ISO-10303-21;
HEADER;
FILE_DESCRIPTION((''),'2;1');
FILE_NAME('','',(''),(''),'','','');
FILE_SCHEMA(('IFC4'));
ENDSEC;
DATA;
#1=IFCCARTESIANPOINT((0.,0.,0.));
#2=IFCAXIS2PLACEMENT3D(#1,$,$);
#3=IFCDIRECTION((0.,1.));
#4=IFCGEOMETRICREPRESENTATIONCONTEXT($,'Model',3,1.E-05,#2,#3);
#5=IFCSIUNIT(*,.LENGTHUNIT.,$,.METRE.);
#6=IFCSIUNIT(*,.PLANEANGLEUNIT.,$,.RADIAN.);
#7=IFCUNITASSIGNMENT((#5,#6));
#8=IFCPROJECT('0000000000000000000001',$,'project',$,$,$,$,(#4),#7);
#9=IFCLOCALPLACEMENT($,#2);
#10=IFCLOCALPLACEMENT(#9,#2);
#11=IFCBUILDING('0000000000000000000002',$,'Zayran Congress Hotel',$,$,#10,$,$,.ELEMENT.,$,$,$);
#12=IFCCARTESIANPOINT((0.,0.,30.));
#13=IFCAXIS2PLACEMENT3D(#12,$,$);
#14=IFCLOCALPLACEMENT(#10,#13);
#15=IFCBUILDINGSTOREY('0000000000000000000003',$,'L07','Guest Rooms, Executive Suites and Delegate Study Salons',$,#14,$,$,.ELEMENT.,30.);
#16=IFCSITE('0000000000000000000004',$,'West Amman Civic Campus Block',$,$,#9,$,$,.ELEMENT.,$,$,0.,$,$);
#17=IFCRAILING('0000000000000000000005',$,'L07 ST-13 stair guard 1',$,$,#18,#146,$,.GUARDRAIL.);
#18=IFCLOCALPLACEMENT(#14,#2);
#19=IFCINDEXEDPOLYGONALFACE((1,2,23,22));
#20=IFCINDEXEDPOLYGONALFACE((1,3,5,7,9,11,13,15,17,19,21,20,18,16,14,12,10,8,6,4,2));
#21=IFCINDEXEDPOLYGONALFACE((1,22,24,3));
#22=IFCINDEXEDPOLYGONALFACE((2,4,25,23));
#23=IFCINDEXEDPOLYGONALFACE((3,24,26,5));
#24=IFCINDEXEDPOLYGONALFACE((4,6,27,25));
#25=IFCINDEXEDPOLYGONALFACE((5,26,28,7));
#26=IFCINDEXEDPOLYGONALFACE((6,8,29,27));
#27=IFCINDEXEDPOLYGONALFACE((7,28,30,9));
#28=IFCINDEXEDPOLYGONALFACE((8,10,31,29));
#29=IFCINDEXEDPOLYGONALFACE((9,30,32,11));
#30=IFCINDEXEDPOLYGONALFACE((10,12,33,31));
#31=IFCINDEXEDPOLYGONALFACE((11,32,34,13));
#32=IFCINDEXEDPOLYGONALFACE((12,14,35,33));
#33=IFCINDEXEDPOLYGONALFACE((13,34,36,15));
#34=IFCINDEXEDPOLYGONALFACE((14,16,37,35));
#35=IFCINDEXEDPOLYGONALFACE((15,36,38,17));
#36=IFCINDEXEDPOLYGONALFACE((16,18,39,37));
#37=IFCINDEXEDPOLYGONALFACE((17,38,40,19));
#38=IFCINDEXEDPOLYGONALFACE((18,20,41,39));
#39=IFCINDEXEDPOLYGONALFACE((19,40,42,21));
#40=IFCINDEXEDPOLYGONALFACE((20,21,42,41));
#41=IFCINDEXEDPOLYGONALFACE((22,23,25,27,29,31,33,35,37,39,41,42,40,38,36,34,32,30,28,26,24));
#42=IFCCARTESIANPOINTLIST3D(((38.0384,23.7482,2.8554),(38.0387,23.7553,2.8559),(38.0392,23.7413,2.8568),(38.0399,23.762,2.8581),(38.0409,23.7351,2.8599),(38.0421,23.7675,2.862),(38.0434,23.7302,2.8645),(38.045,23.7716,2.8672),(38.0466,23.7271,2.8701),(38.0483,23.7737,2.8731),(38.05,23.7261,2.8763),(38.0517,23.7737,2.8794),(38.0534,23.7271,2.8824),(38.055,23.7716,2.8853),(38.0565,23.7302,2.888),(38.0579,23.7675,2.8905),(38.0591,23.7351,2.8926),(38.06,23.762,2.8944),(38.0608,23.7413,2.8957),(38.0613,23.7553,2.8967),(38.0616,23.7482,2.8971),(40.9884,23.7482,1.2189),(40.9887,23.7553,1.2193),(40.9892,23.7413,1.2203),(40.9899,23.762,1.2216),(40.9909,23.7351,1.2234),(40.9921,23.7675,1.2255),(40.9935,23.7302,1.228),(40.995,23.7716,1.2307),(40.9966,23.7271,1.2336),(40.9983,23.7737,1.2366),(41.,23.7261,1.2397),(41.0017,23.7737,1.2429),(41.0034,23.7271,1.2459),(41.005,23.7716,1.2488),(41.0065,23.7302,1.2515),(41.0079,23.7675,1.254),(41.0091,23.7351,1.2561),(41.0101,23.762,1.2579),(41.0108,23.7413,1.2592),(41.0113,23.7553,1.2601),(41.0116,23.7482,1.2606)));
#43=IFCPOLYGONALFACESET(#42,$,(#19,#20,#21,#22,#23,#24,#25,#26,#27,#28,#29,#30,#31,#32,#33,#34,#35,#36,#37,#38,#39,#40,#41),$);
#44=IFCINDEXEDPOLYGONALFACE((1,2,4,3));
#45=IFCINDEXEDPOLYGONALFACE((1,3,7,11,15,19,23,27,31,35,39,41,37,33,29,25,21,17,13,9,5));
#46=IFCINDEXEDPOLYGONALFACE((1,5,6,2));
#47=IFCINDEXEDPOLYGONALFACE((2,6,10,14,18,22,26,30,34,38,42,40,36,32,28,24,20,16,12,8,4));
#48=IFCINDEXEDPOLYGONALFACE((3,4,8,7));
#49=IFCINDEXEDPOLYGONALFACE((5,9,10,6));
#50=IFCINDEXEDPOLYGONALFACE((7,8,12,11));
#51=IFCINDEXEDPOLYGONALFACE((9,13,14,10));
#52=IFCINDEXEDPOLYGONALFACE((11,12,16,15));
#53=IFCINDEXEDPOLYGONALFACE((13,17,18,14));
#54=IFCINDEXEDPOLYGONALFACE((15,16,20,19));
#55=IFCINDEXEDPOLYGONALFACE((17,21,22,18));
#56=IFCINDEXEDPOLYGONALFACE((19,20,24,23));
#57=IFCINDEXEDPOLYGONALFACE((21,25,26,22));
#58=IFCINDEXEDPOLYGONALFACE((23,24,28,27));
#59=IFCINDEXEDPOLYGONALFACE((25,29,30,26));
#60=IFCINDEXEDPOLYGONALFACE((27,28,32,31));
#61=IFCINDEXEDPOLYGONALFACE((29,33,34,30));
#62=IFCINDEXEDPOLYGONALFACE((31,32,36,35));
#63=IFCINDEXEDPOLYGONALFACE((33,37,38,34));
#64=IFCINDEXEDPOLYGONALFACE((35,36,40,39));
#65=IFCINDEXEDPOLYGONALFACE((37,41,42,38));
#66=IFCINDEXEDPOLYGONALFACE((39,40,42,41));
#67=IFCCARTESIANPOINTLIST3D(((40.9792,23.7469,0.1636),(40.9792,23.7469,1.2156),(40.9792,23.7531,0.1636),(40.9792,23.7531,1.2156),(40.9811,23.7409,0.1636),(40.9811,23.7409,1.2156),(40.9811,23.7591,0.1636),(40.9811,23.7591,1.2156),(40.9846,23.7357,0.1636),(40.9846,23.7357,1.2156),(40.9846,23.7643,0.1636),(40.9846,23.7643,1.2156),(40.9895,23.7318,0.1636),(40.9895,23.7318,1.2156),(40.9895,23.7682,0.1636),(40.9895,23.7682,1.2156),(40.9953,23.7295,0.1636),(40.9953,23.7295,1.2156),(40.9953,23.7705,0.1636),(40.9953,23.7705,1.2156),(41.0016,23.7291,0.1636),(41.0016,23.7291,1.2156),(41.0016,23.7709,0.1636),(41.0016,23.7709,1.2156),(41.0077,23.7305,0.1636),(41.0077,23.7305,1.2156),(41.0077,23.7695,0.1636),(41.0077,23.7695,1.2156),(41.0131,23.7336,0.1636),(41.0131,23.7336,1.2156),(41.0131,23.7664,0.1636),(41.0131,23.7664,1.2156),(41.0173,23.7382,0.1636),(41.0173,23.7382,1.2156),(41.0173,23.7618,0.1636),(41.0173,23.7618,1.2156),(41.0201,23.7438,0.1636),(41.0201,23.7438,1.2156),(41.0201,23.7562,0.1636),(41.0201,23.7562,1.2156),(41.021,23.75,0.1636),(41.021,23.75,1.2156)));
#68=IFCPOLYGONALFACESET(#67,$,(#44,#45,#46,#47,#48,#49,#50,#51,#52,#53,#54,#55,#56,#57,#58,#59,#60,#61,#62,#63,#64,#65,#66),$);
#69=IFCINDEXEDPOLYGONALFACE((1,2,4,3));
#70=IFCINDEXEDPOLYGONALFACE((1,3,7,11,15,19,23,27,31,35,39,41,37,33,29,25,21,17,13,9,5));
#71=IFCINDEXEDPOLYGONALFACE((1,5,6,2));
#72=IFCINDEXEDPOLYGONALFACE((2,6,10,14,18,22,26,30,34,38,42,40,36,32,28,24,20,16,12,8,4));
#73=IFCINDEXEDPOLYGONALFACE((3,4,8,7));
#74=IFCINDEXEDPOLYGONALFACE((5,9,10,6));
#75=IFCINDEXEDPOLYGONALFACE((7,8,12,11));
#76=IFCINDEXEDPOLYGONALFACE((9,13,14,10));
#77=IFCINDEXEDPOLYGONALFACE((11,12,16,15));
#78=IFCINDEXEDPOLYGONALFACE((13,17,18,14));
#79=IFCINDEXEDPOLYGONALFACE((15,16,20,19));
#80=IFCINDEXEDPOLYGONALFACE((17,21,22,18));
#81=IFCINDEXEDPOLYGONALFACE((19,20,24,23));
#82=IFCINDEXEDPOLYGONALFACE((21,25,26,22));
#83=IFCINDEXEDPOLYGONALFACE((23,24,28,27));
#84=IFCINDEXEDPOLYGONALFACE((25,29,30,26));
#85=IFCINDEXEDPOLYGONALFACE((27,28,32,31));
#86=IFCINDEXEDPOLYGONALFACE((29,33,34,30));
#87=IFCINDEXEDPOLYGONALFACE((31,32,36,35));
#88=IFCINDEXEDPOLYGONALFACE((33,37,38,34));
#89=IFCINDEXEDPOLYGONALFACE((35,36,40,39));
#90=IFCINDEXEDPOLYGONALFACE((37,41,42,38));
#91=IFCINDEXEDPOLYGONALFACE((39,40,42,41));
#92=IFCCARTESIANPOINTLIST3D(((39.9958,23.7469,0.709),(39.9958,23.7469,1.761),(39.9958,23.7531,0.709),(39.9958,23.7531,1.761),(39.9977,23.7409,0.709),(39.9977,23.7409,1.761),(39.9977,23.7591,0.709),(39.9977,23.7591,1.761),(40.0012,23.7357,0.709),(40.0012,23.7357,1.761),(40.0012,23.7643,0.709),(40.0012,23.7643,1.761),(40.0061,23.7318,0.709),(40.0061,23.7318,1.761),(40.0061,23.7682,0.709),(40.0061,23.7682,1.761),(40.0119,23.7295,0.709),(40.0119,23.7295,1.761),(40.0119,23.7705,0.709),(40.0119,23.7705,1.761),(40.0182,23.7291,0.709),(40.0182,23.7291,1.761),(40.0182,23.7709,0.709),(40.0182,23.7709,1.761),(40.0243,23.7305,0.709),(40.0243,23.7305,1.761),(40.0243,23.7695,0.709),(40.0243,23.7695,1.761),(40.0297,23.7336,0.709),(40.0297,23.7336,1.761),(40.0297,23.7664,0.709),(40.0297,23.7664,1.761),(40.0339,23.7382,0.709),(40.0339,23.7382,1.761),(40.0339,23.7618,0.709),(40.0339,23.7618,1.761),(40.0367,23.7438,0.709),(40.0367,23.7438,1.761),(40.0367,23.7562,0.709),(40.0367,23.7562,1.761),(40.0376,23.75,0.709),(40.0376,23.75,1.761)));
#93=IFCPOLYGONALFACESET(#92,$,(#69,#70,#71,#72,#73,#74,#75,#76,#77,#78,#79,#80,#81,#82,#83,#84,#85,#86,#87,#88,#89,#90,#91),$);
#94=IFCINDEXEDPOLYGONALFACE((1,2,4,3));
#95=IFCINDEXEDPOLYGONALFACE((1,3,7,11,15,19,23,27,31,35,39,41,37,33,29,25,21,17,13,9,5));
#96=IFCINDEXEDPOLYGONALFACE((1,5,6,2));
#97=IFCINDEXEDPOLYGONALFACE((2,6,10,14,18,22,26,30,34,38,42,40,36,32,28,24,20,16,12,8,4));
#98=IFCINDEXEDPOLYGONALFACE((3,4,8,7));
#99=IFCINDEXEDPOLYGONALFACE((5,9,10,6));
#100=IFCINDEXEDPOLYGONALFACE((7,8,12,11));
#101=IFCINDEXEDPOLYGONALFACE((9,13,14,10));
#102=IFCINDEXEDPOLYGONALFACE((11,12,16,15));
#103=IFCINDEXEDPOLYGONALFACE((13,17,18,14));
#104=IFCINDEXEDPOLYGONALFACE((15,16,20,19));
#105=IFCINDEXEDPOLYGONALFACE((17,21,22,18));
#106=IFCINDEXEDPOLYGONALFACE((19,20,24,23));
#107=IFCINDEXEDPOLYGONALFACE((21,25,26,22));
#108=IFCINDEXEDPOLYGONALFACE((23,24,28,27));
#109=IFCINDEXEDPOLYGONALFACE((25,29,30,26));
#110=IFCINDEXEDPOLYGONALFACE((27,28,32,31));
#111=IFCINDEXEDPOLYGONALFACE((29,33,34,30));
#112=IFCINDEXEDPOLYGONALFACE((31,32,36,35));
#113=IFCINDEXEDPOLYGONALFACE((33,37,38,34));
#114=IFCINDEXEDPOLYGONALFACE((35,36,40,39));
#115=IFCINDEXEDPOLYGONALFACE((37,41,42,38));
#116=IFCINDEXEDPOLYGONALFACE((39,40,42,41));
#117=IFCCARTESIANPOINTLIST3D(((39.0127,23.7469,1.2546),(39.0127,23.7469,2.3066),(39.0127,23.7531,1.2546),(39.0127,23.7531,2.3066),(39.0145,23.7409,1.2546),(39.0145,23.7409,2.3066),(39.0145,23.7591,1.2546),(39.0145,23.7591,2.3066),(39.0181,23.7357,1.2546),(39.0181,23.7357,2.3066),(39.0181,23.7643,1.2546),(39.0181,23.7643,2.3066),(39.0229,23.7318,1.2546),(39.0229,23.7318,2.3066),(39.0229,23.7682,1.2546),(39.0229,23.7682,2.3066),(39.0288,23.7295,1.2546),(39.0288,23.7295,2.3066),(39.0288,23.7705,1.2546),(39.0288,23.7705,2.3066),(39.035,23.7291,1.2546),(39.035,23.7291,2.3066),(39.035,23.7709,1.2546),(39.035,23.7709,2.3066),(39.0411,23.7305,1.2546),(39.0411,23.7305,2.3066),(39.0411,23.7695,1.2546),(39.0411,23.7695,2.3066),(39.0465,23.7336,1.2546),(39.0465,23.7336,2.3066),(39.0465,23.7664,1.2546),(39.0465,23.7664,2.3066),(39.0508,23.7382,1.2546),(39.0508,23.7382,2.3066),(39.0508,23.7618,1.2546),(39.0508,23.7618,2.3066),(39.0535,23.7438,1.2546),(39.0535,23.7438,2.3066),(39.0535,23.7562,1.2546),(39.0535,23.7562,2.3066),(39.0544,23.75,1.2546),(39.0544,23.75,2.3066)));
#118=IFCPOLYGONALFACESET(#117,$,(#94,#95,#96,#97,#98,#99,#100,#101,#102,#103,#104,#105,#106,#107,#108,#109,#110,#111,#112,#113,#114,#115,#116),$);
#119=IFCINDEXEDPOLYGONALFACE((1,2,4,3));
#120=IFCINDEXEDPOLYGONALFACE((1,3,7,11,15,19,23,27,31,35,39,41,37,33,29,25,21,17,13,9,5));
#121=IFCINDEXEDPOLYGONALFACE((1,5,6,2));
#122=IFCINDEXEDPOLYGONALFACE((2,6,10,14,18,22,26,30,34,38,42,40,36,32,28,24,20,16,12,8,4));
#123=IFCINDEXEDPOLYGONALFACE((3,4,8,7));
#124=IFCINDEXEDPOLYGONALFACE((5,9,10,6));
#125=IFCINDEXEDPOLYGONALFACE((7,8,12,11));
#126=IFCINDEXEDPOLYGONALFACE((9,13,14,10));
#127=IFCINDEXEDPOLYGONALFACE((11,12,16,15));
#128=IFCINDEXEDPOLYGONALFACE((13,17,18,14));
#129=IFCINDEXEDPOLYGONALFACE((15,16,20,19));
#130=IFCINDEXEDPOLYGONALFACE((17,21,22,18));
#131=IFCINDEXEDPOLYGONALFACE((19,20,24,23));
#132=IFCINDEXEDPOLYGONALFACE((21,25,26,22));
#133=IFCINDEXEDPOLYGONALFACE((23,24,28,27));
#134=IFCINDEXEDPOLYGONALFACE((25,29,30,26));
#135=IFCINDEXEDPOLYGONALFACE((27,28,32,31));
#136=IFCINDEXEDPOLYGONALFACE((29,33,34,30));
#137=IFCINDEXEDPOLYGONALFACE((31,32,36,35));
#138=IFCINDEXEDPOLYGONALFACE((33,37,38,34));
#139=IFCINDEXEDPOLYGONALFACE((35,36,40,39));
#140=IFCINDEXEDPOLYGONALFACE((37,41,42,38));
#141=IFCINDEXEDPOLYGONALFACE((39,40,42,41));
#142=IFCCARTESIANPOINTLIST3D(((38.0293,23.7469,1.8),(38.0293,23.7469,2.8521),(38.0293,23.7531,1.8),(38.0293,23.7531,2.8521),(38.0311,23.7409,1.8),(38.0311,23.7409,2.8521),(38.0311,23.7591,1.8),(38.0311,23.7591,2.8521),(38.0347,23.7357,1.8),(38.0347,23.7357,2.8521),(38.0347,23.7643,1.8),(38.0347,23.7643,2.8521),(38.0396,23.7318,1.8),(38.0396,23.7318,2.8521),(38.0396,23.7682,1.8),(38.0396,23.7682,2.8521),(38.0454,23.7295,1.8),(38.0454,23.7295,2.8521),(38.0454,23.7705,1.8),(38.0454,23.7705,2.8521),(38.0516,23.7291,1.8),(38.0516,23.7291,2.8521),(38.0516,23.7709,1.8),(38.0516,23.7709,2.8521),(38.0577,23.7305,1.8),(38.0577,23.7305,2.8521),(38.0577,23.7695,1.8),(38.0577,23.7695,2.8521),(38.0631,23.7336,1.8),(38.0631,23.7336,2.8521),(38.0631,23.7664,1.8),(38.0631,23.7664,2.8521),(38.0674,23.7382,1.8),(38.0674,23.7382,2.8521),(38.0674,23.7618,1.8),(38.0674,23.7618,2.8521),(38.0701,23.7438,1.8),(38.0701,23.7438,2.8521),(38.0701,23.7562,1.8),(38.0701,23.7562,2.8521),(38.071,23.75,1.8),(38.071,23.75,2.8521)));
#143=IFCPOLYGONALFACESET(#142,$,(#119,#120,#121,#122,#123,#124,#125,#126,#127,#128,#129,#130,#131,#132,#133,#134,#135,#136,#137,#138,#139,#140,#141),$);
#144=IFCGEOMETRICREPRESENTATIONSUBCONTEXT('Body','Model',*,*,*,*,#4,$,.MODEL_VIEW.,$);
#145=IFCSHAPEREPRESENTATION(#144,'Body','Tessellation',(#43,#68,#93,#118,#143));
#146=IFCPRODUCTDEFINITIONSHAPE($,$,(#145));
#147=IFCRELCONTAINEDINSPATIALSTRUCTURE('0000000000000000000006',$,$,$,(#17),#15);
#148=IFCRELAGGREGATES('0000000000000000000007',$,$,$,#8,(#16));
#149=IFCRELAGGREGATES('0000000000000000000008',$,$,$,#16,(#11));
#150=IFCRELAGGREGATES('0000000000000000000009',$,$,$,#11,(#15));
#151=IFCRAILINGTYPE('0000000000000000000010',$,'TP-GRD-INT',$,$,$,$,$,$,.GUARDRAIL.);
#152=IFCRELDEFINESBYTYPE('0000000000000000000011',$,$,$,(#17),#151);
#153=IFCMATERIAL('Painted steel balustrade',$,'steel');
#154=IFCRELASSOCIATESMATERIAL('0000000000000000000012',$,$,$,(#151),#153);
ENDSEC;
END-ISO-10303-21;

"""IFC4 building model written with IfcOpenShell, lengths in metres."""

from ifc_helpers import new_model, si_unit, direction, frame, origin, origin_2d, place, context, subcontext, project, spatial, circle, extrude, material, type_object, element, save


model = new_model("IFC4")

# Units and contexts
model_context = context("Model", 3, precision=1e-05, world=origin(), true_north=direction((0.0, 1.0)))
body_context = subcontext(model_context, "Body", "Model", "MODEL_VIEW")
ifc_project = project(units=[si_unit("LENGTHUNIT", "METRE"), si_unit("PLANEANGLEUNIT", "RADIAN")], contexts=[model_context])

# Site, building, storey
site_placement = place(None, origin())
site = spatial("IfcSite", under=ifc_project, at=site_placement, Name="West Amman Civic Campus Block", CompositionType="ELEMENT", RefElevation=0.0)
building_placement = place(site_placement, origin())
building = spatial("IfcBuilding", under=site, at=building_placement, Name="Zayran Congress Hotel", CompositionType="ELEMENT")
storey_placement = place(building_placement, frame((0.0, 0.0, 30.0)))
storey = spatial("IfcBuildingStorey", under=building, at=storey_placement, Name="L07", Description="Guest Rooms, Executive Suites and Delegate Study Salons", CompositionType="ELEMENT", Elevation=30.0)

# Railing
ifc_material_1 = material(Name="Painted steel balustrade", Category="steel")
railing_type_1 = type_object("IfcRailingType", Name="TP-GRD-INT", PredefinedType="GUARDRAIL", material=ifc_material_1)
railing_1_placement = place(storey_placement, frame((41.0, 23.75, 0.1636)))
element("IfcRailing", 1, at=railing_1_placement, inside=storey, type_object=railing_type_1, Name="L07 ST-13 stair guard 1", PredefinedType="GUARDRAIL", context=body_context, shape_type="SweptSolid", body=[
    extrude(circle(Radius=0.0239, at=origin_2d()), frame((0.0, 0.0, 1.0762), z_axis=(-0.874458, 0.0, 0.485102), x_axis=(0.0, -1.0, 0.0)), (0.0, 0.0, 1.0), 3.3735),
    extrude(circle(Radius=0.021, at=origin_2d()), origin(), (0.0, 0.0, 1.0), 1.052),
    extrude(circle(Radius=0.021, at=origin_2d()), frame((-0.9834, 0.0, 0.5454)), (0.0, 0.0, 1.0), 1.052),
    extrude(circle(Radius=0.021, at=origin_2d()), frame((-1.9666, 0.0, 1.0911)), (0.0, 0.0, 1.0), 1.052),
    extrude(circle(Radius=0.021, at=origin_2d()), frame((-2.95, 0.0, 1.6365)), (0.0, 0.0, 1.0), 1.052),
])

save(model, "model.ifc")
